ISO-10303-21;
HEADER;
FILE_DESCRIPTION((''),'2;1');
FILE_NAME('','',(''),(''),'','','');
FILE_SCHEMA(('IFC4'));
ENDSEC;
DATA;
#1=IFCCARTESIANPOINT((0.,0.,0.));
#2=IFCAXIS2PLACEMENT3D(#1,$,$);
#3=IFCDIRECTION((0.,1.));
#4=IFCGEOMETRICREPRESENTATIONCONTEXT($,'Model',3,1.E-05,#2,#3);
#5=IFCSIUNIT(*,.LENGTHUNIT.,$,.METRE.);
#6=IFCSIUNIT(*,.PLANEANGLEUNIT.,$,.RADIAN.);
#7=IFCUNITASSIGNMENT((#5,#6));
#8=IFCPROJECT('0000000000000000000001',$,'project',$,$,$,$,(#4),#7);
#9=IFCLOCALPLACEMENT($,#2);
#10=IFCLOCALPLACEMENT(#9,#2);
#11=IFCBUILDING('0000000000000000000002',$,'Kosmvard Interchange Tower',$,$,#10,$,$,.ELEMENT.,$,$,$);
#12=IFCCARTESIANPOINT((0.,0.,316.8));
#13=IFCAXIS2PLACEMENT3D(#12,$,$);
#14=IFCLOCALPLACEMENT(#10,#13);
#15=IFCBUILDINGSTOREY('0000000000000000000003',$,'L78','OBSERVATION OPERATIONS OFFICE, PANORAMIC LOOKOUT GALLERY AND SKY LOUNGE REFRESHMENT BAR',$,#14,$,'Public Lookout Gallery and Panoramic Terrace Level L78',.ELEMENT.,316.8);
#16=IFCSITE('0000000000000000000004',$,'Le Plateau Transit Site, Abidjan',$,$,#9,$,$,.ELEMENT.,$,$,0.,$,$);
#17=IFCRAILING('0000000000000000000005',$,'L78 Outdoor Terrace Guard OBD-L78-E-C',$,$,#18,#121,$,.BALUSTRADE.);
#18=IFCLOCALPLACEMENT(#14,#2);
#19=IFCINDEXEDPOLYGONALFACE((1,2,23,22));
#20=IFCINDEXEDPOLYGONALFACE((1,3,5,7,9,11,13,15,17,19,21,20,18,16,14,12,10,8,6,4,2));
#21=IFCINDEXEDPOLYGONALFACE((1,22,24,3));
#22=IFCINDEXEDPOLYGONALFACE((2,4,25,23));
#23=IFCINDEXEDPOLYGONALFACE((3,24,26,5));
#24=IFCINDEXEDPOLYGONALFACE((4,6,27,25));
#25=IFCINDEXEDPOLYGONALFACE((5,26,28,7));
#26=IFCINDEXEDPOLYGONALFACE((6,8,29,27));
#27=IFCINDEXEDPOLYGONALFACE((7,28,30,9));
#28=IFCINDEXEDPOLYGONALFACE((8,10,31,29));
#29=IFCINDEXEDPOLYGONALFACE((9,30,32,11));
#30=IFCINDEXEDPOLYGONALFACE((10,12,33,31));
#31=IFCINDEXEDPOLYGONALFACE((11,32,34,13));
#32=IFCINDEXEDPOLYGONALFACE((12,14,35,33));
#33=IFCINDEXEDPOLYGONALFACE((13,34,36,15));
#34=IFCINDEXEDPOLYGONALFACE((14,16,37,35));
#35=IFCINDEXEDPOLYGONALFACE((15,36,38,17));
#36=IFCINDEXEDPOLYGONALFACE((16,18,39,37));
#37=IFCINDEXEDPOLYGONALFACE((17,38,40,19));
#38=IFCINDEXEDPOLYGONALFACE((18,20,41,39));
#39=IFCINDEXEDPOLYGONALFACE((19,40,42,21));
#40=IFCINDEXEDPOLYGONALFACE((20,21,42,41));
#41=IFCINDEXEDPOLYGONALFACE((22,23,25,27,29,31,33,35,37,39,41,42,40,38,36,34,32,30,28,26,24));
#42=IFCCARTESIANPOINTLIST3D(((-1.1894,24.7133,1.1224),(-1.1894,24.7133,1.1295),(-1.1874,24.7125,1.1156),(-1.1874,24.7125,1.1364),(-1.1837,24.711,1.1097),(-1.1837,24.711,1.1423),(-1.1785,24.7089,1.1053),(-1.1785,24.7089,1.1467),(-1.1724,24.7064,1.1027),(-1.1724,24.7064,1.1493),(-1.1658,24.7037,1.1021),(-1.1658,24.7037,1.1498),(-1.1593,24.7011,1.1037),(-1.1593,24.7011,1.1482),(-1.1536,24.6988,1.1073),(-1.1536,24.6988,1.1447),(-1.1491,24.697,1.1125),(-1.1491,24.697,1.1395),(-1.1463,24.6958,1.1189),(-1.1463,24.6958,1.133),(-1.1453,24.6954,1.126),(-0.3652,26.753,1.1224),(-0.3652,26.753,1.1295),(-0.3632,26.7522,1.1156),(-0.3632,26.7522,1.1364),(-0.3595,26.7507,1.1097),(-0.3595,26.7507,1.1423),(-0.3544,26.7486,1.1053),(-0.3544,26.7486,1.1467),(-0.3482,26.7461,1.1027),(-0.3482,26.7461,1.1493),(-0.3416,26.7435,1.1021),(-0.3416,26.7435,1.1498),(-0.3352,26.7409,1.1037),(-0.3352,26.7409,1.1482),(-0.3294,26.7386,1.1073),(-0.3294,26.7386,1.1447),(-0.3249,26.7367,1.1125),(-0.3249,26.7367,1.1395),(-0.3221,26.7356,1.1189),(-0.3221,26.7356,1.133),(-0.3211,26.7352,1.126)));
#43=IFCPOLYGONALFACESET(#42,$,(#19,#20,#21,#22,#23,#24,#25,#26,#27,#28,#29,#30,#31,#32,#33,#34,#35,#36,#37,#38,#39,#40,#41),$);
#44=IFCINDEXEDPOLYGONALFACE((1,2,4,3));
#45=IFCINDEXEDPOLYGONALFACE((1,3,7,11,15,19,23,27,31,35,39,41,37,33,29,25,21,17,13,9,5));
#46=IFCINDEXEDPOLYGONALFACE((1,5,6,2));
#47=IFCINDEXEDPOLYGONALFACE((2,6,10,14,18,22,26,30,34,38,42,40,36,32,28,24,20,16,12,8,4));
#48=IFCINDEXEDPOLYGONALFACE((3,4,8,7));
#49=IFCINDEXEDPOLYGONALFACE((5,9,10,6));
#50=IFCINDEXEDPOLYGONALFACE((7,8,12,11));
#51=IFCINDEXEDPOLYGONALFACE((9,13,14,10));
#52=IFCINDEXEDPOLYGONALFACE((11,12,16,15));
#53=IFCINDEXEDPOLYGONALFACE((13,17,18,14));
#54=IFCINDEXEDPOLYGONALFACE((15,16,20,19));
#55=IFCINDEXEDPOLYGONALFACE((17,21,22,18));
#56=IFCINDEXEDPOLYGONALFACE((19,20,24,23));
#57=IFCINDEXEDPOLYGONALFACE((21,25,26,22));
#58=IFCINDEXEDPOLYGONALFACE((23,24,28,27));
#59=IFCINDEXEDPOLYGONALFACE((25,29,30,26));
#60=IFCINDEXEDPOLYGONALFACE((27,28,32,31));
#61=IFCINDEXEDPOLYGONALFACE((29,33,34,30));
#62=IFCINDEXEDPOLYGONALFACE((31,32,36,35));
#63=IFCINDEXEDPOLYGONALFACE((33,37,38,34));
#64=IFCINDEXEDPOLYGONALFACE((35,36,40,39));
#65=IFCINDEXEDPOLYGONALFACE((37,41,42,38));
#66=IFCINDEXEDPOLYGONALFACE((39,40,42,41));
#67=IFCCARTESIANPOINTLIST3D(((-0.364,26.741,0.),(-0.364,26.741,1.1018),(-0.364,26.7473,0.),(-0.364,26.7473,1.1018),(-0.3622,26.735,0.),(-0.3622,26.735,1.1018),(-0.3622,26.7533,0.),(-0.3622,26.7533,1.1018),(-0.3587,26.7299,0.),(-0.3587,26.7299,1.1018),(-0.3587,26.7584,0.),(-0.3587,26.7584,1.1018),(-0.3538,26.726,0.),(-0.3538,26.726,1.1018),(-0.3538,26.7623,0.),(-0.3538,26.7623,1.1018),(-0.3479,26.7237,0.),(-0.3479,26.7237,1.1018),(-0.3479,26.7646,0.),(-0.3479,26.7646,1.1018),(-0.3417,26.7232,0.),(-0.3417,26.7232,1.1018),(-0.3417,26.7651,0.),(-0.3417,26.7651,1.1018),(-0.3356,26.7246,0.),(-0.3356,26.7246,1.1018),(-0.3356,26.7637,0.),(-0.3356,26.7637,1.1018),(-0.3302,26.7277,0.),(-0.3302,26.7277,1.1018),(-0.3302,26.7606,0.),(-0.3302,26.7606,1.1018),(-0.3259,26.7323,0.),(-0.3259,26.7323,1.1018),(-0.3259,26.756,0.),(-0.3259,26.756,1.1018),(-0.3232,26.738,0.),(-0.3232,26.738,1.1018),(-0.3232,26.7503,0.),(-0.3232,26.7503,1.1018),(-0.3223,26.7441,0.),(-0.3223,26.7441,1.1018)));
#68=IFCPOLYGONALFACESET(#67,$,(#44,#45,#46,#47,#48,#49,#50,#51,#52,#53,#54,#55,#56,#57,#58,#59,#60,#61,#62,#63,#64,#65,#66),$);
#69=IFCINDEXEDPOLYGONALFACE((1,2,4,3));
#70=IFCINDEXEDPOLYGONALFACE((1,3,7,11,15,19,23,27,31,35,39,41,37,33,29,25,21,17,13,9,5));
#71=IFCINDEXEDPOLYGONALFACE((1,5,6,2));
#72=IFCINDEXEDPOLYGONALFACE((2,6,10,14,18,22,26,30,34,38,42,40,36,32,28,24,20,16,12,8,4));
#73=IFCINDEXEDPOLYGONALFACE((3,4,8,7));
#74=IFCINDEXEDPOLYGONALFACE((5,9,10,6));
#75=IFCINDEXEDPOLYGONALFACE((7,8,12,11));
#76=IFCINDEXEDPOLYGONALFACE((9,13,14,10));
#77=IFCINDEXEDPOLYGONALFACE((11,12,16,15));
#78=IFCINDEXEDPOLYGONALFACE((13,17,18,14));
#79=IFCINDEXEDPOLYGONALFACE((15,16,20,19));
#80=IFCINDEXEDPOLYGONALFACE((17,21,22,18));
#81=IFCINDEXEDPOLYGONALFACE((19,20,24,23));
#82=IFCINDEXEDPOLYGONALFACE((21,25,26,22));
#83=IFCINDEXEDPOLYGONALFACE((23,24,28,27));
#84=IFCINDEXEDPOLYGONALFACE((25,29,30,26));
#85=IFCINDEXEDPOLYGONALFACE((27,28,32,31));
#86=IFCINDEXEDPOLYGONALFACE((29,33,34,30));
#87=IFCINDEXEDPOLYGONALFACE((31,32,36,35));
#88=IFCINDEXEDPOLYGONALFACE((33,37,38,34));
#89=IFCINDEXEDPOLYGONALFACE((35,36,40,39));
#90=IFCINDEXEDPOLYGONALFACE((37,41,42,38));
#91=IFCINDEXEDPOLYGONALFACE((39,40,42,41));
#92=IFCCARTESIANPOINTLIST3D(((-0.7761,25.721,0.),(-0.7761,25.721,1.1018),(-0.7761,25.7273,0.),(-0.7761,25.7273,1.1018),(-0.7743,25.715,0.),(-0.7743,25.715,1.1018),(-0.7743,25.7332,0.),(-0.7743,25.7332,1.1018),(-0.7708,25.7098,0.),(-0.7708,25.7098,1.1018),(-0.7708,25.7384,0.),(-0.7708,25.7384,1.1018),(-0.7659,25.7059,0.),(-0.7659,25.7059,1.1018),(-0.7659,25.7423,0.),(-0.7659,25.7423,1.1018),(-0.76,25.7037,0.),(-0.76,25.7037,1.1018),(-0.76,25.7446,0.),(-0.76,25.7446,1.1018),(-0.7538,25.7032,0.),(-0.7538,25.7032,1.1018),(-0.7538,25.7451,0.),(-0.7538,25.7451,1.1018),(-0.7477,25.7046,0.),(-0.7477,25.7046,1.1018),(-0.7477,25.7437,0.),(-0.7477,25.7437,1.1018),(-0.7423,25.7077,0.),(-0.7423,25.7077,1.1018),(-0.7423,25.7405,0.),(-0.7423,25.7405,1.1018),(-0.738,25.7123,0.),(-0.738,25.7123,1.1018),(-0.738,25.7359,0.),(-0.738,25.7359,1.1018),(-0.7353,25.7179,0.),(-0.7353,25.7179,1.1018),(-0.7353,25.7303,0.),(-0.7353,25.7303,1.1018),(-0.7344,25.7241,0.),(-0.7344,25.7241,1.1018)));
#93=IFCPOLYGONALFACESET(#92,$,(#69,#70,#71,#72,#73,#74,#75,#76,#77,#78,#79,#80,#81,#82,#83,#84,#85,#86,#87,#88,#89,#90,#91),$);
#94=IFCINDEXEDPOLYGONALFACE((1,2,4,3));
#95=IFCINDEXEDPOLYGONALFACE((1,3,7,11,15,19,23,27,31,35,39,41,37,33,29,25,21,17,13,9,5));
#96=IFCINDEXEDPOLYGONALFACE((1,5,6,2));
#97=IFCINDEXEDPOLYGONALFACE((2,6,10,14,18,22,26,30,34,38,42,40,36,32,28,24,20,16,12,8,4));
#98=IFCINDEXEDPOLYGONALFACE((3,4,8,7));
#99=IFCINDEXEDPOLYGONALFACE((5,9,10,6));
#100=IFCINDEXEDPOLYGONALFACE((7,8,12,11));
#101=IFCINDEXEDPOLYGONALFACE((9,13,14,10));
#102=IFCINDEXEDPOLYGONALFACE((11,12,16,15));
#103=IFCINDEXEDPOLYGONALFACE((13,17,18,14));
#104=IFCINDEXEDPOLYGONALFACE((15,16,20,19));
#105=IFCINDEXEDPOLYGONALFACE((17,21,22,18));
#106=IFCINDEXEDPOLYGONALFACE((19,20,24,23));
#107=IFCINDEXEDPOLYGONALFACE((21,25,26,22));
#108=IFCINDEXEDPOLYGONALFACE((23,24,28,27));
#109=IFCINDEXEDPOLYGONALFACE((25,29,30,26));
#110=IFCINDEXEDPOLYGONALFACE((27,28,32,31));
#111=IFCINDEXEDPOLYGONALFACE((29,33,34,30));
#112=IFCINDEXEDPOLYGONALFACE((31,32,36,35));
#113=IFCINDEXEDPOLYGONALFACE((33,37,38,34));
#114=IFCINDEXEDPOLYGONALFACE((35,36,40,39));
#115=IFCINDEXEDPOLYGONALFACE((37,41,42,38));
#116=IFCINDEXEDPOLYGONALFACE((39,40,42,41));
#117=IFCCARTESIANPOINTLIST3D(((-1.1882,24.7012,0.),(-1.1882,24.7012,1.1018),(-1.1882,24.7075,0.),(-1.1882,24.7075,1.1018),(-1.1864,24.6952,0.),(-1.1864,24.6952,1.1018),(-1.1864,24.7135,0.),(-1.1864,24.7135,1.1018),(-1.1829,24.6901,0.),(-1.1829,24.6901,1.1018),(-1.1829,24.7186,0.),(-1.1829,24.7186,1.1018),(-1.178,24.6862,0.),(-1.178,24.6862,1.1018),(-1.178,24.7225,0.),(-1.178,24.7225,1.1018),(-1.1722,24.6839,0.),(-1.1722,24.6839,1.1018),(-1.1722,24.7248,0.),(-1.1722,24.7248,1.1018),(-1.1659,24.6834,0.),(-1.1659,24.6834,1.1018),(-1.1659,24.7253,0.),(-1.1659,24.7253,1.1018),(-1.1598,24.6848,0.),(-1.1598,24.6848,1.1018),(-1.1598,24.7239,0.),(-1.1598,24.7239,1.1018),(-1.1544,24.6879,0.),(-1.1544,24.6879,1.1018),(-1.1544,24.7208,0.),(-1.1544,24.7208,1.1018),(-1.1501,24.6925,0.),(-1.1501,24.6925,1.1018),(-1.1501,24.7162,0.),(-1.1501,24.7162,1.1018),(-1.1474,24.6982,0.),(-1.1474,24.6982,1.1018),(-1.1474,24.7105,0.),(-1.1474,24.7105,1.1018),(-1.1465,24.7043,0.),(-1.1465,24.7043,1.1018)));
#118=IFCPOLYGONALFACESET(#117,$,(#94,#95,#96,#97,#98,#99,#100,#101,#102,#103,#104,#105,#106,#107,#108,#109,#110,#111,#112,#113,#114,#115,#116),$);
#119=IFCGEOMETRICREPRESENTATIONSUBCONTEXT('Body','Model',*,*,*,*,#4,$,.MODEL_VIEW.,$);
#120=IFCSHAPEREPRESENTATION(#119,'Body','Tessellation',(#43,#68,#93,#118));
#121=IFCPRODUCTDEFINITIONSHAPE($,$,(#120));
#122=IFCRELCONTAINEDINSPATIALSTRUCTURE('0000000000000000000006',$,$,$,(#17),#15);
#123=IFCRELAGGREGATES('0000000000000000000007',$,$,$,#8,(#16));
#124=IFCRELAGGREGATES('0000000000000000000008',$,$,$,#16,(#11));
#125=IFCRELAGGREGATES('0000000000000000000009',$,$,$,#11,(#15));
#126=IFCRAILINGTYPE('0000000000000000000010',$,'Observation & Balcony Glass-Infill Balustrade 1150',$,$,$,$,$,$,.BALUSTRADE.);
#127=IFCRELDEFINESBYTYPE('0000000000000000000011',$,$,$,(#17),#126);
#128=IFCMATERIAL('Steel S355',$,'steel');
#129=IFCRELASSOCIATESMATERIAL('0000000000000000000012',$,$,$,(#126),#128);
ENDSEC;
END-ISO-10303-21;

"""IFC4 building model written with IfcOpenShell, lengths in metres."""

from ifc_helpers import new_model, si_unit, direction, frame, origin, origin_2d, place, context, subcontext, project, spatial, circle, extrude, source, transform, mapped, material, type_object, element, save


model = new_model("IFC4")

# Units and contexts
model_context = context("Model", 3, precision=1e-05, world=origin(), true_north=direction((0.0, 1.0)))
body_context = subcontext(model_context, "Body", "Model", "MODEL_VIEW")
ifc_project = project(units=[si_unit("LENGTHUNIT", "METRE"), si_unit("PLANEANGLEUNIT", "RADIAN")], contexts=[model_context])

# Site, building, storey
site_placement = place(None, origin())
site = spatial("IfcSite", under=ifc_project, at=site_placement, Name="Le Plateau Transit Site, Abidjan", CompositionType="ELEMENT", RefElevation=0.0)
building_placement = place(site_placement, origin())
building = spatial("IfcBuilding", under=site, at=building_placement, Name="Kosmvard Interchange Tower", CompositionType="ELEMENT")
storey_placement = place(building_placement, frame((0.0, 0.0, 316.8)))
storey = spatial("IfcBuildingStorey", under=building, at=storey_placement, Name="L78", Description="OBSERVATION OPERATIONS OFFICE, PANORAMIC LOOKOUT GALLERY AND SKY LOUNGE REFRESHMENT BAR", LongName="Public Lookout Gallery and Panoramic Terrace Level L78", CompositionType="ELEMENT", Elevation=316.8)

# Shared definitions
ifc_material_1 = material(Name="Steel S355", Category="steel")

# Railing
railing_type = type_object("IfcRailingType", Name="Observation & Balcony Glass-Infill Balustrade 1150", PredefinedType="BALUSTRADE", material=ifc_material_1)
shared_shape_1 = source(origin(), body_context, "Body", "SweptSolid", [
    extrude(circle(Radius=0.0239, at=origin_2d()), frame((0.0, 0.0, 1.126), z_axis=(-0.374641, -0.92717, 0.0), x_axis=(0.92717, -0.374641, 0.0)), (0.0, 0.0, 1.0), 2.2),
    extrude(circle(Radius=0.021, at=origin_2d()), origin(), (0.0, 0.0, 1.0), 1.1018),
    extrude(circle(Radius=0.021, at=origin_2d()), frame((-0.4121, -1.02, 0.0)), (0.0, 0.0, 1.0), 1.1018),
    extrude(circle(Radius=0.021, at=origin_2d()), frame((-0.8242, -2.0398, 0.0)), (0.0, 0.0, 1.0), 1.1018),
])
railing_1_placement = place(storey_placement, frame((-0.3433, 26.7441, 0.0)))
element("IfcRailing", 1, at=railing_1_placement, inside=storey, type_object=railing_type, Name="L78 Outdoor Terrace Guard OBD-L78-E-C", PredefinedType="BALUSTRADE", context=body_context, shape_type="MappedRepresentation", body=[
    mapped(shared_shape_1, transform((0.0, 0.0, 0.0), scale=1.0)),
])

save(model, "model.ifc")
